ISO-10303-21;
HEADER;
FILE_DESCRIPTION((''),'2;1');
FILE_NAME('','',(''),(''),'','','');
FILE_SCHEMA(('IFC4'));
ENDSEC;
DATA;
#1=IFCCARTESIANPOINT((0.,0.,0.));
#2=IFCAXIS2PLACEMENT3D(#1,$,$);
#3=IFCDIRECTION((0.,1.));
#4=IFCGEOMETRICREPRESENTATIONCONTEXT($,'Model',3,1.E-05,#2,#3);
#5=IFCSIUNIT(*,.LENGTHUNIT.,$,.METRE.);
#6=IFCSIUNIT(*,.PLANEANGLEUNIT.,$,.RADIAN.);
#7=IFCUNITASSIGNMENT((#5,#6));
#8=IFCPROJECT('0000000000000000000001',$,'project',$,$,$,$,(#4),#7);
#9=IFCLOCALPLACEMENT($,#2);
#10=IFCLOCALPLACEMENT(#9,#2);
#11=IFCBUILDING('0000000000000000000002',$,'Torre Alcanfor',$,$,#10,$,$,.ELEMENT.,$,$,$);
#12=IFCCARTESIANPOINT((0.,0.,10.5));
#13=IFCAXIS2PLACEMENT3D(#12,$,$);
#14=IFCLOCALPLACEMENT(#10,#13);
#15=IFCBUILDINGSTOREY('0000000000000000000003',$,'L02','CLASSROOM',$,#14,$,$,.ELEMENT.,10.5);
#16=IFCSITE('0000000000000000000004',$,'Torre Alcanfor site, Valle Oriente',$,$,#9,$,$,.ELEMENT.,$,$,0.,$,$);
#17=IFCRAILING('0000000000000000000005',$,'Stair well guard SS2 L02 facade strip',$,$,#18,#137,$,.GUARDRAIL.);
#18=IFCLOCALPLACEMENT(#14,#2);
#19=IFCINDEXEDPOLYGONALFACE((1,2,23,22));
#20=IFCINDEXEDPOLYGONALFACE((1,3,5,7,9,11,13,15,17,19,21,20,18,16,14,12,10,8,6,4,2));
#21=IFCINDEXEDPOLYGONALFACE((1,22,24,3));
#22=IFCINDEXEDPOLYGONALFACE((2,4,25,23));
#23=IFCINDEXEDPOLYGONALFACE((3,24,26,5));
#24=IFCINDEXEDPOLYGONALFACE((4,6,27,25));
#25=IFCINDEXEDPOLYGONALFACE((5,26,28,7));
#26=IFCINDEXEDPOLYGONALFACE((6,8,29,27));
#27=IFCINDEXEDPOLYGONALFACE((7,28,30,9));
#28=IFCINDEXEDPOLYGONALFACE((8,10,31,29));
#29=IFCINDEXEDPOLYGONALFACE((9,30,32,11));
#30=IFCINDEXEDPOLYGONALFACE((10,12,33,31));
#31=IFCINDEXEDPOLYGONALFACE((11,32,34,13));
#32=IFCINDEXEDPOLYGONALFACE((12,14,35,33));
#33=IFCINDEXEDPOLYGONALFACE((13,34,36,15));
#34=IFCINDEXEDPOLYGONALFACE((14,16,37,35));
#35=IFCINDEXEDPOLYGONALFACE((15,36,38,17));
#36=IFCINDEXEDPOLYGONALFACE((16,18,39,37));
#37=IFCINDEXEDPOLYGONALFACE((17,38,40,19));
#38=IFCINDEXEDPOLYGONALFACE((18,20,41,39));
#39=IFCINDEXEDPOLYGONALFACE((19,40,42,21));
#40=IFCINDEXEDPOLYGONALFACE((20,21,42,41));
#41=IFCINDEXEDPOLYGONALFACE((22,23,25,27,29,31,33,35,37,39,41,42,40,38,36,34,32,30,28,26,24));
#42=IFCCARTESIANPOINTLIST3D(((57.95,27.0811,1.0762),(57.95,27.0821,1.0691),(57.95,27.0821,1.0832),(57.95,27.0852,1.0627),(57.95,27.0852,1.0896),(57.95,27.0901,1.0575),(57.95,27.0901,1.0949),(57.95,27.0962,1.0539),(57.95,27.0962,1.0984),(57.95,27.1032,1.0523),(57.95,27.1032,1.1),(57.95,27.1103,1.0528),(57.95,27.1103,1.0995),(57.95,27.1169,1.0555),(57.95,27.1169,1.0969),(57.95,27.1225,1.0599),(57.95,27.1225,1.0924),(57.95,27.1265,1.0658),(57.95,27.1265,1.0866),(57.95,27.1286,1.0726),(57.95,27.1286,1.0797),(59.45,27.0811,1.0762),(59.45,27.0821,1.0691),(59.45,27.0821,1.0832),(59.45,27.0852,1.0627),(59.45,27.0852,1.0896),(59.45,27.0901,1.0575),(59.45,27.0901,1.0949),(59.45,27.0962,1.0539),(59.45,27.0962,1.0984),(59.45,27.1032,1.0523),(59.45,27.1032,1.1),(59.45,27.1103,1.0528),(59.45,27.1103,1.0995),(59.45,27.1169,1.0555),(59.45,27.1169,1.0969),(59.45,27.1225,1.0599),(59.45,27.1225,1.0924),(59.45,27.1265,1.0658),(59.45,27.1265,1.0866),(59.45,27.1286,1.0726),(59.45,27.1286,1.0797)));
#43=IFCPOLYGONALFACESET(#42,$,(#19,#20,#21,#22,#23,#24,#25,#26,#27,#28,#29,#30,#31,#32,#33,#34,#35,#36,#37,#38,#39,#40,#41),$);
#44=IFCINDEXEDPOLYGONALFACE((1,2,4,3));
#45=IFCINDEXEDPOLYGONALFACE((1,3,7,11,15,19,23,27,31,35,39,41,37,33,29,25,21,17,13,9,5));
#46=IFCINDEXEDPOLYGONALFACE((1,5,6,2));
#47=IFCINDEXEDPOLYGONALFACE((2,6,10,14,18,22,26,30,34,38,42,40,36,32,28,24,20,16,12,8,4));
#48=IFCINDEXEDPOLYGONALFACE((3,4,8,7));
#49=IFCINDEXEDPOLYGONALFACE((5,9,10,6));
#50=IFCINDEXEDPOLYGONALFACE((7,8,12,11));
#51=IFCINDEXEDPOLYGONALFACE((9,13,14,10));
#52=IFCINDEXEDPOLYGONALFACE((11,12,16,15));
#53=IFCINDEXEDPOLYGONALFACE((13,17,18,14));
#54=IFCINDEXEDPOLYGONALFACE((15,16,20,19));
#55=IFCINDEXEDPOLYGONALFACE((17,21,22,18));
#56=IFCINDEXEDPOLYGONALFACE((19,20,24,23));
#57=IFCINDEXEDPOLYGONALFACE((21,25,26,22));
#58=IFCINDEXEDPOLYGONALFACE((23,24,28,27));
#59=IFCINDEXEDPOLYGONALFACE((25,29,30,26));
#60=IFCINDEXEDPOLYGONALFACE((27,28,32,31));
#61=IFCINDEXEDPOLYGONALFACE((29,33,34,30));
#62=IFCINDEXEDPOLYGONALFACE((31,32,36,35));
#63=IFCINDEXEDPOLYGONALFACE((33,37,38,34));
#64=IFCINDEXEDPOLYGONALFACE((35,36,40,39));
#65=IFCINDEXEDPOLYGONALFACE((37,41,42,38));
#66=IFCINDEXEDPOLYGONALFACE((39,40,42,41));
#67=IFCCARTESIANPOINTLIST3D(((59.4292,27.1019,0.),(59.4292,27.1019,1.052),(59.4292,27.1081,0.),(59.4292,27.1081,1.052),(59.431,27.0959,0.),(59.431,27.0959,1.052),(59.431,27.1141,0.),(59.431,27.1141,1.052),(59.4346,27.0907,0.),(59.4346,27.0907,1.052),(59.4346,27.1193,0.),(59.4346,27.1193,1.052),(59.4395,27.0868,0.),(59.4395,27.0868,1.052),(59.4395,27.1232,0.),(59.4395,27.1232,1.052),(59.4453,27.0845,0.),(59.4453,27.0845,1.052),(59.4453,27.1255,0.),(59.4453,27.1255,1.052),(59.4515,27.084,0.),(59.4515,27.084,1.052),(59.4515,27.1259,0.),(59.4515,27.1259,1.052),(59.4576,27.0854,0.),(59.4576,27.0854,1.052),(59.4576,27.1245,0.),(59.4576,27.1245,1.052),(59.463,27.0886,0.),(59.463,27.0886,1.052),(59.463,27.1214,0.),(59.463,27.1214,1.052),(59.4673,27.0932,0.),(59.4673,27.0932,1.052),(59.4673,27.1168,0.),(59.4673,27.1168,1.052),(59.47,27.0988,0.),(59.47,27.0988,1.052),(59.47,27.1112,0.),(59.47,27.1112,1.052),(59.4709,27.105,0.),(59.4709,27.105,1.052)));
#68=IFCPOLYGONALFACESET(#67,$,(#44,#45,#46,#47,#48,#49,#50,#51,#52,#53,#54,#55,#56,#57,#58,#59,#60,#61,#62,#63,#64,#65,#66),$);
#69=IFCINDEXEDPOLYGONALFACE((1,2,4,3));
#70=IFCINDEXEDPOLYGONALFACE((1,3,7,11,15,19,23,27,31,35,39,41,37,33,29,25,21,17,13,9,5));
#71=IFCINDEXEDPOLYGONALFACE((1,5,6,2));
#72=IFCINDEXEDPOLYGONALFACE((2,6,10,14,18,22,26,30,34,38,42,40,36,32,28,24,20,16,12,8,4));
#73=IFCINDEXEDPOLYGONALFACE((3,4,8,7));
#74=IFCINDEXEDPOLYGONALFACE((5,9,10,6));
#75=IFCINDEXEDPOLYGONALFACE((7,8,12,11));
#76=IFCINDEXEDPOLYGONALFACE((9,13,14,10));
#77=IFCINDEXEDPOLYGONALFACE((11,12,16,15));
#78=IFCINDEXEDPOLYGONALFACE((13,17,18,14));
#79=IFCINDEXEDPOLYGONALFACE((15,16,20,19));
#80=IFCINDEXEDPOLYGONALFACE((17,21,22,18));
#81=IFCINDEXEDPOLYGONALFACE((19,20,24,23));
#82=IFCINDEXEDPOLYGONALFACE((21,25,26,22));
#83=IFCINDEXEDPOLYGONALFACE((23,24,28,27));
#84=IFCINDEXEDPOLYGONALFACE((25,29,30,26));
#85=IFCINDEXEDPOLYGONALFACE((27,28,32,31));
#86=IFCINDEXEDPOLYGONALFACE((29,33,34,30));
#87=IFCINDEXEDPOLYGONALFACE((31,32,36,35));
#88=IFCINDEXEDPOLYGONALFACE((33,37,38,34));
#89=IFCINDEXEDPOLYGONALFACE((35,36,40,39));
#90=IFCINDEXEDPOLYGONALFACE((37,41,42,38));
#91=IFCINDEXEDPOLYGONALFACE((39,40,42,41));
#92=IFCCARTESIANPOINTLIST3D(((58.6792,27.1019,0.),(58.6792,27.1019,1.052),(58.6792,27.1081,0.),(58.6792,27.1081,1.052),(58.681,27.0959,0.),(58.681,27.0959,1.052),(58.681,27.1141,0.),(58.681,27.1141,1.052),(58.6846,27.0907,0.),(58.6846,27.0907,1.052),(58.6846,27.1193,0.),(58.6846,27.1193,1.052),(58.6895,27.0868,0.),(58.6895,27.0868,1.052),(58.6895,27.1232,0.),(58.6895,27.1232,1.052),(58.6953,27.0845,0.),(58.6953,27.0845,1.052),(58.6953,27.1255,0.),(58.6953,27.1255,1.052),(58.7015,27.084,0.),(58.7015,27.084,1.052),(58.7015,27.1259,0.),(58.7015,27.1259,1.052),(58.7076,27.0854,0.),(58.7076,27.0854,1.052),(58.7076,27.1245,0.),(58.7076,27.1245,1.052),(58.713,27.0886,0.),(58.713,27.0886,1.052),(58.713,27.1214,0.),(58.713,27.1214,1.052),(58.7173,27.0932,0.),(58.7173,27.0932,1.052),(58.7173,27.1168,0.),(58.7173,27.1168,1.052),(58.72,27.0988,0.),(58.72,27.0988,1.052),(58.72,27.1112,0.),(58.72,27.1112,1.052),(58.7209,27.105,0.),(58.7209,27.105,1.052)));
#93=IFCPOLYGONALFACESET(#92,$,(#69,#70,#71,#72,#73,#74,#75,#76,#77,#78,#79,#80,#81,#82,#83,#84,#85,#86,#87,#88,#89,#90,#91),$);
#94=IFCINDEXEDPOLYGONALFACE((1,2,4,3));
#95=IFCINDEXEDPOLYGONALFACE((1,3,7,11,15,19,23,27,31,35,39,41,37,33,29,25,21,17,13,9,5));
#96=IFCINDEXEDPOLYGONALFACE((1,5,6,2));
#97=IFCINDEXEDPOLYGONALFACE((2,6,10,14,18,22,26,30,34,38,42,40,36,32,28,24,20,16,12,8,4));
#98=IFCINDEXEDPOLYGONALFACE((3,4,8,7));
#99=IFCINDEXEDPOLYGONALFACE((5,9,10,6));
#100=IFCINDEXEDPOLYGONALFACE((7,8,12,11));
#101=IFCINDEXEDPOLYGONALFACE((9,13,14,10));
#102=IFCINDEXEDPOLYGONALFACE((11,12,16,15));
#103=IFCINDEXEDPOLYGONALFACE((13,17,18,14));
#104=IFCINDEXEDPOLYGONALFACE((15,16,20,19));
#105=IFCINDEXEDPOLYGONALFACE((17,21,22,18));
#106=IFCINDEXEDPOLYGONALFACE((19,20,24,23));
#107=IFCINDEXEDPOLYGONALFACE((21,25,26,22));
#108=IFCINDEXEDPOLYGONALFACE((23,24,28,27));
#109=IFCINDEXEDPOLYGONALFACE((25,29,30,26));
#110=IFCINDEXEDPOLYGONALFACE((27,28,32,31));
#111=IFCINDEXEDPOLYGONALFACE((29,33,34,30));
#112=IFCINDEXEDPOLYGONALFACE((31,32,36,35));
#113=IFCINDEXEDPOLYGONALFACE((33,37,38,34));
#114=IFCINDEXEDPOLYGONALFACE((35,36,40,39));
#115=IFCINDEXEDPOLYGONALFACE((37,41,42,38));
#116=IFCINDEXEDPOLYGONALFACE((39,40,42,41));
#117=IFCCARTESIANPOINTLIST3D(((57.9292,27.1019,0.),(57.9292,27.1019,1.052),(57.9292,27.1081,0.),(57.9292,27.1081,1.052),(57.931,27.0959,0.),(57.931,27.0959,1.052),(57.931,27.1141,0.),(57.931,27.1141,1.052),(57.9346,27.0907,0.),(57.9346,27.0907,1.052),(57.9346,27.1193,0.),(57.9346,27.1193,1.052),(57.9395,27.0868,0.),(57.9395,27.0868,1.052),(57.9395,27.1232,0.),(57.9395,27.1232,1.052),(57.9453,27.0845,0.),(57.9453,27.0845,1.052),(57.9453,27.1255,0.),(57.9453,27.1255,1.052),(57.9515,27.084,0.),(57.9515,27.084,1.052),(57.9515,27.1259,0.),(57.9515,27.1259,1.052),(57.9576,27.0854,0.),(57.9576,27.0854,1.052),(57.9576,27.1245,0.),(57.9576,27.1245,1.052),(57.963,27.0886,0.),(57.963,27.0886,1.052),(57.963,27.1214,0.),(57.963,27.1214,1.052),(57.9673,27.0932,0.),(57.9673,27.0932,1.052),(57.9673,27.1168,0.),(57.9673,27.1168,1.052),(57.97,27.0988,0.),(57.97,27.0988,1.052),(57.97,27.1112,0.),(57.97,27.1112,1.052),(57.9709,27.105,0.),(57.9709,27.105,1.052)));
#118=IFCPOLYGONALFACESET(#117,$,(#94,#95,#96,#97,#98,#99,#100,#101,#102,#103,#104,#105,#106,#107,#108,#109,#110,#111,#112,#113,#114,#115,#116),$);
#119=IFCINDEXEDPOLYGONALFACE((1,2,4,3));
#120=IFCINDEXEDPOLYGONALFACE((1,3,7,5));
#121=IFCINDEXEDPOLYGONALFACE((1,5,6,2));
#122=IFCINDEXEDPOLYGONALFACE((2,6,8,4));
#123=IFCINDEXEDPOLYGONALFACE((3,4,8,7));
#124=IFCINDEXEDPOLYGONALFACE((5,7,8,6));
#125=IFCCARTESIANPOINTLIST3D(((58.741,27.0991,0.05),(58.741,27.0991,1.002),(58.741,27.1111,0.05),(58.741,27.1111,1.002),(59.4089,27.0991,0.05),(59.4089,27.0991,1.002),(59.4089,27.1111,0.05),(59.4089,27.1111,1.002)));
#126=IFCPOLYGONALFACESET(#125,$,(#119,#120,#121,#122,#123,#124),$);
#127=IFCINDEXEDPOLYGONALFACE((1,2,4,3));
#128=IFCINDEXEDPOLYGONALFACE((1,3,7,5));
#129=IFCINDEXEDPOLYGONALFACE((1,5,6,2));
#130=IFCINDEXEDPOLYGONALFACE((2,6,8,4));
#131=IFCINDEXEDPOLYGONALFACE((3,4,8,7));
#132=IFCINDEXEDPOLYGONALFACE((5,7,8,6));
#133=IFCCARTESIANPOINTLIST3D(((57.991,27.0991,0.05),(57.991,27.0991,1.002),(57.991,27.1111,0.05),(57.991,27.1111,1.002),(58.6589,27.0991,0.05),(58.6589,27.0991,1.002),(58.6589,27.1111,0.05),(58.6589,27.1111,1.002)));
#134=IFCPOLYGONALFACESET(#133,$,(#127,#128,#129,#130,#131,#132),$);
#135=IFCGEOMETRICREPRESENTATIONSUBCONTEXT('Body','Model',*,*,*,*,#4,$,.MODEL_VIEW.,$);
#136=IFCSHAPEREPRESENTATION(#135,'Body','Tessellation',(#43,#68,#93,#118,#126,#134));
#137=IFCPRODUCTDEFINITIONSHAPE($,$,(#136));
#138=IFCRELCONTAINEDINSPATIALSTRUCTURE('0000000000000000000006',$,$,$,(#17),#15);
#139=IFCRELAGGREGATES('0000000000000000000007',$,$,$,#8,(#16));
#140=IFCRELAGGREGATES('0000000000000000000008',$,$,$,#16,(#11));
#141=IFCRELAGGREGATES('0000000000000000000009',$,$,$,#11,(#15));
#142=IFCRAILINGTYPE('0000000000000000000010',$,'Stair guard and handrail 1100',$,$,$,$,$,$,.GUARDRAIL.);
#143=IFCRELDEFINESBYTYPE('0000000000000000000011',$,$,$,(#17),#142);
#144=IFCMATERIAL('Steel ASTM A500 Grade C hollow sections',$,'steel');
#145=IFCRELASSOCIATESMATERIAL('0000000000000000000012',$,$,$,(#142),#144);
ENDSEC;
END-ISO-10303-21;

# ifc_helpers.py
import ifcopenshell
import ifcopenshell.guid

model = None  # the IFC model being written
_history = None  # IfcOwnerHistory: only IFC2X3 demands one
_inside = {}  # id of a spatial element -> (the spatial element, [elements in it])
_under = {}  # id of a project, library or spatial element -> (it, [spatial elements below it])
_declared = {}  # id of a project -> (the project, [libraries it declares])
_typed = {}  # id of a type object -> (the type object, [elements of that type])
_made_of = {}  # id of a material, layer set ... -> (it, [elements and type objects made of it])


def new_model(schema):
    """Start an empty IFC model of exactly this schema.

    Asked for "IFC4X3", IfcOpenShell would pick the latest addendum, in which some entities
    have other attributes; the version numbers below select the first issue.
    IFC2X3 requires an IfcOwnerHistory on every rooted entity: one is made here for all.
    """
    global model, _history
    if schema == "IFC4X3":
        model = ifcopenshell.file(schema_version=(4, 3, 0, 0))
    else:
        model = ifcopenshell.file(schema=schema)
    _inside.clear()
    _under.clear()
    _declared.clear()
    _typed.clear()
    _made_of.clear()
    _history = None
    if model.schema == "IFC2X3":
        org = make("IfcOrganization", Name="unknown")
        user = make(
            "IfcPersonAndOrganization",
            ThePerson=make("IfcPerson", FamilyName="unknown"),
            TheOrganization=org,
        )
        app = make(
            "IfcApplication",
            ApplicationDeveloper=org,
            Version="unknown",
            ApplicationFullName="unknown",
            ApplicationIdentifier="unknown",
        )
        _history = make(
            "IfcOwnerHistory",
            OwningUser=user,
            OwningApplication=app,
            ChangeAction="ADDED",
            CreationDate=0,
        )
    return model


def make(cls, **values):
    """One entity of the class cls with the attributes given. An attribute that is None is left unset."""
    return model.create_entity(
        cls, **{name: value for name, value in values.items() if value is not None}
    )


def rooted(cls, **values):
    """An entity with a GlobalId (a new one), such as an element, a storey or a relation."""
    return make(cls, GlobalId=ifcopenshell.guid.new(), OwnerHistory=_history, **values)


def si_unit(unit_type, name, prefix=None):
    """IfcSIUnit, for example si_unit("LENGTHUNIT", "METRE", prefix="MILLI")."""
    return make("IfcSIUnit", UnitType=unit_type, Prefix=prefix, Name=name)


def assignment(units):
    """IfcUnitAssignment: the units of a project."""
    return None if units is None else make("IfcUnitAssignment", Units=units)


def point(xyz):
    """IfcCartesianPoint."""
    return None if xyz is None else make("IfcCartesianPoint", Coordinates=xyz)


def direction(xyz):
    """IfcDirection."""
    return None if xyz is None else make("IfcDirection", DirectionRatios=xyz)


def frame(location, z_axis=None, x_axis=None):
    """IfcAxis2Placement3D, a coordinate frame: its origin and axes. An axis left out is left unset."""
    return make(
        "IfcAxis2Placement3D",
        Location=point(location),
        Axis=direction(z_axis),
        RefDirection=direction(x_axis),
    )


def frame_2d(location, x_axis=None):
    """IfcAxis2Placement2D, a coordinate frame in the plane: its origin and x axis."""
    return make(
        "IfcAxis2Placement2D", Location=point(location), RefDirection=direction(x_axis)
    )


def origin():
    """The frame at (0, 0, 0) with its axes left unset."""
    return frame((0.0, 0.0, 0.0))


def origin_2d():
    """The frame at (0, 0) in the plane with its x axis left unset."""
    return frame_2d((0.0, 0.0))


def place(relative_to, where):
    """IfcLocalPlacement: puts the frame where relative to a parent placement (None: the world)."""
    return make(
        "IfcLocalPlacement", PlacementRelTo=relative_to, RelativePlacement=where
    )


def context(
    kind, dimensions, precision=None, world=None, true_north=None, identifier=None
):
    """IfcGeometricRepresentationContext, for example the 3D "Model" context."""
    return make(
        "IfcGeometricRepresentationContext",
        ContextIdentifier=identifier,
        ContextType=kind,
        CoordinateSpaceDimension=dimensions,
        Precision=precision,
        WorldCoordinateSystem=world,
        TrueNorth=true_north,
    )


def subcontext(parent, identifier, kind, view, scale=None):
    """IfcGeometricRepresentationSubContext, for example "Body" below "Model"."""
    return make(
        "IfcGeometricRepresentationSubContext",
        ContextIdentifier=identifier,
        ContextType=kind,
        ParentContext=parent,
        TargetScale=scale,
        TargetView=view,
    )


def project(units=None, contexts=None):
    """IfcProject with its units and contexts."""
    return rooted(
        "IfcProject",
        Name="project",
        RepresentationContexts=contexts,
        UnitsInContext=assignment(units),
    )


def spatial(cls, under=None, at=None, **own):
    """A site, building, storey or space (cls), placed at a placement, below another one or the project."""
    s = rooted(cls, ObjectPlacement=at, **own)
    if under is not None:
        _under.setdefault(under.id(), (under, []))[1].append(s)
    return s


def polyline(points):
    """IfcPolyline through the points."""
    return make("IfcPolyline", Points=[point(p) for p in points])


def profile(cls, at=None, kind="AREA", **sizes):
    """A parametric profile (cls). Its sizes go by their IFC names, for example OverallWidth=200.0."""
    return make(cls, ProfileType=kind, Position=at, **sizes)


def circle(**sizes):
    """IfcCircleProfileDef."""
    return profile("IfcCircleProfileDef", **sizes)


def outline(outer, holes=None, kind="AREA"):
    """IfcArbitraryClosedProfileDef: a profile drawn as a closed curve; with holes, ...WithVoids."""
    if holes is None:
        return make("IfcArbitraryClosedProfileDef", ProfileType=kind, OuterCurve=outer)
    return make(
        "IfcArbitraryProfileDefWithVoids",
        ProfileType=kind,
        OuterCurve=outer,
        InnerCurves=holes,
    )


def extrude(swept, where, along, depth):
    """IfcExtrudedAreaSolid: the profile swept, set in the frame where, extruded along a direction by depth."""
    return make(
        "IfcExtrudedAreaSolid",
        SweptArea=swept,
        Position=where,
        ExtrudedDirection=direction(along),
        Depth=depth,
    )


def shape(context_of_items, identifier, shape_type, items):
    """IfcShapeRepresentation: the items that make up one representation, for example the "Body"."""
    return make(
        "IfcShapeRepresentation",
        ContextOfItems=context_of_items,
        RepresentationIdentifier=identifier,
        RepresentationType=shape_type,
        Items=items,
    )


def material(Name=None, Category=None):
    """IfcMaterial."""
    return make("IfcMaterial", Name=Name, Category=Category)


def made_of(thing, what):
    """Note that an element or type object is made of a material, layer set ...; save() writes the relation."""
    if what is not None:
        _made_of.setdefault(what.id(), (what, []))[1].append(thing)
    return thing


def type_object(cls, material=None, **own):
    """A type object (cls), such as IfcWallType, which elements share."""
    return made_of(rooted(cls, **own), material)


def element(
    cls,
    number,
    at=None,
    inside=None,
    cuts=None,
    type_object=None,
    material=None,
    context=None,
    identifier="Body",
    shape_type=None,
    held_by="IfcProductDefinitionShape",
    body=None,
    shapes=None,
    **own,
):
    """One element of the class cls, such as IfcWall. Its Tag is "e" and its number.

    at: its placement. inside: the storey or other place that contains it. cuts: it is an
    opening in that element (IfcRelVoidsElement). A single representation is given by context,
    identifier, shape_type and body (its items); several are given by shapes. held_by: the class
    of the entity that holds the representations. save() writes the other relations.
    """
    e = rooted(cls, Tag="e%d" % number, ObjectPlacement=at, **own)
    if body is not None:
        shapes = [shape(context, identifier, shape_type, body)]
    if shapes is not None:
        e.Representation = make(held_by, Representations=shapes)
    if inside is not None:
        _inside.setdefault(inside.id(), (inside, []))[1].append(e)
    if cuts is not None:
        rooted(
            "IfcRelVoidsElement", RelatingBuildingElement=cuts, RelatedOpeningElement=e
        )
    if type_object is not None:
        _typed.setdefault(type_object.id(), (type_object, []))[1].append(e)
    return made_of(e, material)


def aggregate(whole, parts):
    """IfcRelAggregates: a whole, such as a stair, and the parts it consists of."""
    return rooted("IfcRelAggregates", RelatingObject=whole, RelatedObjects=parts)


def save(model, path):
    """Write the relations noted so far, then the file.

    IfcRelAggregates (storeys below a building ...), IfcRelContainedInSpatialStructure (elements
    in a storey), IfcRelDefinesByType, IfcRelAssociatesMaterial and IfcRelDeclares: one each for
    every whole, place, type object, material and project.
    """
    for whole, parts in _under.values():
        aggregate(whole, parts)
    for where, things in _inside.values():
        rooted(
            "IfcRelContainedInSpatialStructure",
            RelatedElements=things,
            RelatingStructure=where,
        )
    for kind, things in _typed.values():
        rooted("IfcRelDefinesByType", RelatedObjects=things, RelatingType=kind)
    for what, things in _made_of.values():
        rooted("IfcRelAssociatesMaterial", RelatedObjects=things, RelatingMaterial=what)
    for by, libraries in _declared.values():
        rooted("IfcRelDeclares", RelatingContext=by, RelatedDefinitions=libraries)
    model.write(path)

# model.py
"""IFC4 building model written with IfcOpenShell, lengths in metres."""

from ifc_helpers import new_model, si_unit, direction, frame, origin, origin_2d, place, context, subcontext, project, spatial, polyline, circle, outline, extrude, material, type_object, element, save


model = new_model("IFC4")

# Units and contexts
model_context = context("Model", 3, precision=1e-05, world=origin(), true_north=direction((0.0, 1.0)))
body_context = subcontext(model_context, "Body", "Model", "MODEL_VIEW")
ifc_project = project(units=[si_unit("LENGTHUNIT", "METRE"), si_unit("PLANEANGLEUNIT", "RADIAN")], contexts=[model_context])

# Site, building, storey
site_placement = place(None, origin())
site = spatial("IfcSite", under=ifc_project, at=site_placement, Name="Torre Alcanfor site, Valle Oriente", CompositionType="ELEMENT", RefElevation=0.0)
building_placement = place(site_placement, origin())
building = spatial("IfcBuilding", under=site, at=building_placement, Name="Torre Alcanfor", CompositionType="ELEMENT")
storey_placement = place(building_placement, frame((0.0, 0.0, 10.5)))
storey = spatial("IfcBuildingStorey", under=building, at=storey_placement, Name="L02", Description="CLASSROOM", CompositionType="ELEMENT", Elevation=10.5)

# Railing
ifc_material_1 = material(Name="Steel ASTM A500 Grade C hollow sections", Category="steel")
railing_type_1 = type_object("IfcRailingType", Name="Stair guard and handrail 1100", PredefinedType="GUARDRAIL", material=ifc_material_1)
railing_1_placement = place(storey_placement, frame((59.45, 27.105, 0.0)))
element("IfcRailing", 1, at=railing_1_placement, inside=storey, type_object=railing_type_1, Name="Stair well guard SS2 L02 facade strip", PredefinedType="GUARDRAIL", context=body_context, shape_type="SweptSolid", body=[
    extrude(circle(Radius=0.0239, at=origin_2d()), frame((0.0, 0.0, 1.0762), z_axis=(-1.0, 0.0, 0.0), x_axis=(0.0, -1.0, 0.0)), (0.0, 0.0, 1.0), 1.5),
    extrude(circle(Radius=0.021, at=origin_2d()), origin(), (0.0, 0.0, 1.0), 1.052),
    extrude(circle(Radius=0.021, at=origin_2d()), frame((-0.75, 0.0, 0.0)), (0.0, 0.0, 1.0), 1.052),
    extrude(circle(Radius=0.021, at=origin_2d()), frame((-1.5, 0.0, 0.0)), (0.0, 0.0, 1.0), 1.052),
    extrude(outline(polyline([(0.041, 0.05), (0.709, 0.05), (0.709, 1.002), (0.041, 1.002), (0.041, 0.05)])), frame((0.0, -0.0059, 0.0), z_axis=(0.0, 1.0, 0.0), x_axis=(-1.0, 0.0, 0.0)), (0.0, 0.0, 1.0), 0.012),
    extrude(outline(polyline([(0.791, 0.05), (1.459, 0.05), (1.459, 1.002), (0.791, 1.002), (0.791, 0.05)])), frame((0.0, -0.0059, 0.0), z_axis=(0.0, 1.0, 0.0), x_axis=(-1.0, 0.0, 0.0)), (0.0, 0.0, 1.0), 0.012),
])

save(model, "model.ifc")
